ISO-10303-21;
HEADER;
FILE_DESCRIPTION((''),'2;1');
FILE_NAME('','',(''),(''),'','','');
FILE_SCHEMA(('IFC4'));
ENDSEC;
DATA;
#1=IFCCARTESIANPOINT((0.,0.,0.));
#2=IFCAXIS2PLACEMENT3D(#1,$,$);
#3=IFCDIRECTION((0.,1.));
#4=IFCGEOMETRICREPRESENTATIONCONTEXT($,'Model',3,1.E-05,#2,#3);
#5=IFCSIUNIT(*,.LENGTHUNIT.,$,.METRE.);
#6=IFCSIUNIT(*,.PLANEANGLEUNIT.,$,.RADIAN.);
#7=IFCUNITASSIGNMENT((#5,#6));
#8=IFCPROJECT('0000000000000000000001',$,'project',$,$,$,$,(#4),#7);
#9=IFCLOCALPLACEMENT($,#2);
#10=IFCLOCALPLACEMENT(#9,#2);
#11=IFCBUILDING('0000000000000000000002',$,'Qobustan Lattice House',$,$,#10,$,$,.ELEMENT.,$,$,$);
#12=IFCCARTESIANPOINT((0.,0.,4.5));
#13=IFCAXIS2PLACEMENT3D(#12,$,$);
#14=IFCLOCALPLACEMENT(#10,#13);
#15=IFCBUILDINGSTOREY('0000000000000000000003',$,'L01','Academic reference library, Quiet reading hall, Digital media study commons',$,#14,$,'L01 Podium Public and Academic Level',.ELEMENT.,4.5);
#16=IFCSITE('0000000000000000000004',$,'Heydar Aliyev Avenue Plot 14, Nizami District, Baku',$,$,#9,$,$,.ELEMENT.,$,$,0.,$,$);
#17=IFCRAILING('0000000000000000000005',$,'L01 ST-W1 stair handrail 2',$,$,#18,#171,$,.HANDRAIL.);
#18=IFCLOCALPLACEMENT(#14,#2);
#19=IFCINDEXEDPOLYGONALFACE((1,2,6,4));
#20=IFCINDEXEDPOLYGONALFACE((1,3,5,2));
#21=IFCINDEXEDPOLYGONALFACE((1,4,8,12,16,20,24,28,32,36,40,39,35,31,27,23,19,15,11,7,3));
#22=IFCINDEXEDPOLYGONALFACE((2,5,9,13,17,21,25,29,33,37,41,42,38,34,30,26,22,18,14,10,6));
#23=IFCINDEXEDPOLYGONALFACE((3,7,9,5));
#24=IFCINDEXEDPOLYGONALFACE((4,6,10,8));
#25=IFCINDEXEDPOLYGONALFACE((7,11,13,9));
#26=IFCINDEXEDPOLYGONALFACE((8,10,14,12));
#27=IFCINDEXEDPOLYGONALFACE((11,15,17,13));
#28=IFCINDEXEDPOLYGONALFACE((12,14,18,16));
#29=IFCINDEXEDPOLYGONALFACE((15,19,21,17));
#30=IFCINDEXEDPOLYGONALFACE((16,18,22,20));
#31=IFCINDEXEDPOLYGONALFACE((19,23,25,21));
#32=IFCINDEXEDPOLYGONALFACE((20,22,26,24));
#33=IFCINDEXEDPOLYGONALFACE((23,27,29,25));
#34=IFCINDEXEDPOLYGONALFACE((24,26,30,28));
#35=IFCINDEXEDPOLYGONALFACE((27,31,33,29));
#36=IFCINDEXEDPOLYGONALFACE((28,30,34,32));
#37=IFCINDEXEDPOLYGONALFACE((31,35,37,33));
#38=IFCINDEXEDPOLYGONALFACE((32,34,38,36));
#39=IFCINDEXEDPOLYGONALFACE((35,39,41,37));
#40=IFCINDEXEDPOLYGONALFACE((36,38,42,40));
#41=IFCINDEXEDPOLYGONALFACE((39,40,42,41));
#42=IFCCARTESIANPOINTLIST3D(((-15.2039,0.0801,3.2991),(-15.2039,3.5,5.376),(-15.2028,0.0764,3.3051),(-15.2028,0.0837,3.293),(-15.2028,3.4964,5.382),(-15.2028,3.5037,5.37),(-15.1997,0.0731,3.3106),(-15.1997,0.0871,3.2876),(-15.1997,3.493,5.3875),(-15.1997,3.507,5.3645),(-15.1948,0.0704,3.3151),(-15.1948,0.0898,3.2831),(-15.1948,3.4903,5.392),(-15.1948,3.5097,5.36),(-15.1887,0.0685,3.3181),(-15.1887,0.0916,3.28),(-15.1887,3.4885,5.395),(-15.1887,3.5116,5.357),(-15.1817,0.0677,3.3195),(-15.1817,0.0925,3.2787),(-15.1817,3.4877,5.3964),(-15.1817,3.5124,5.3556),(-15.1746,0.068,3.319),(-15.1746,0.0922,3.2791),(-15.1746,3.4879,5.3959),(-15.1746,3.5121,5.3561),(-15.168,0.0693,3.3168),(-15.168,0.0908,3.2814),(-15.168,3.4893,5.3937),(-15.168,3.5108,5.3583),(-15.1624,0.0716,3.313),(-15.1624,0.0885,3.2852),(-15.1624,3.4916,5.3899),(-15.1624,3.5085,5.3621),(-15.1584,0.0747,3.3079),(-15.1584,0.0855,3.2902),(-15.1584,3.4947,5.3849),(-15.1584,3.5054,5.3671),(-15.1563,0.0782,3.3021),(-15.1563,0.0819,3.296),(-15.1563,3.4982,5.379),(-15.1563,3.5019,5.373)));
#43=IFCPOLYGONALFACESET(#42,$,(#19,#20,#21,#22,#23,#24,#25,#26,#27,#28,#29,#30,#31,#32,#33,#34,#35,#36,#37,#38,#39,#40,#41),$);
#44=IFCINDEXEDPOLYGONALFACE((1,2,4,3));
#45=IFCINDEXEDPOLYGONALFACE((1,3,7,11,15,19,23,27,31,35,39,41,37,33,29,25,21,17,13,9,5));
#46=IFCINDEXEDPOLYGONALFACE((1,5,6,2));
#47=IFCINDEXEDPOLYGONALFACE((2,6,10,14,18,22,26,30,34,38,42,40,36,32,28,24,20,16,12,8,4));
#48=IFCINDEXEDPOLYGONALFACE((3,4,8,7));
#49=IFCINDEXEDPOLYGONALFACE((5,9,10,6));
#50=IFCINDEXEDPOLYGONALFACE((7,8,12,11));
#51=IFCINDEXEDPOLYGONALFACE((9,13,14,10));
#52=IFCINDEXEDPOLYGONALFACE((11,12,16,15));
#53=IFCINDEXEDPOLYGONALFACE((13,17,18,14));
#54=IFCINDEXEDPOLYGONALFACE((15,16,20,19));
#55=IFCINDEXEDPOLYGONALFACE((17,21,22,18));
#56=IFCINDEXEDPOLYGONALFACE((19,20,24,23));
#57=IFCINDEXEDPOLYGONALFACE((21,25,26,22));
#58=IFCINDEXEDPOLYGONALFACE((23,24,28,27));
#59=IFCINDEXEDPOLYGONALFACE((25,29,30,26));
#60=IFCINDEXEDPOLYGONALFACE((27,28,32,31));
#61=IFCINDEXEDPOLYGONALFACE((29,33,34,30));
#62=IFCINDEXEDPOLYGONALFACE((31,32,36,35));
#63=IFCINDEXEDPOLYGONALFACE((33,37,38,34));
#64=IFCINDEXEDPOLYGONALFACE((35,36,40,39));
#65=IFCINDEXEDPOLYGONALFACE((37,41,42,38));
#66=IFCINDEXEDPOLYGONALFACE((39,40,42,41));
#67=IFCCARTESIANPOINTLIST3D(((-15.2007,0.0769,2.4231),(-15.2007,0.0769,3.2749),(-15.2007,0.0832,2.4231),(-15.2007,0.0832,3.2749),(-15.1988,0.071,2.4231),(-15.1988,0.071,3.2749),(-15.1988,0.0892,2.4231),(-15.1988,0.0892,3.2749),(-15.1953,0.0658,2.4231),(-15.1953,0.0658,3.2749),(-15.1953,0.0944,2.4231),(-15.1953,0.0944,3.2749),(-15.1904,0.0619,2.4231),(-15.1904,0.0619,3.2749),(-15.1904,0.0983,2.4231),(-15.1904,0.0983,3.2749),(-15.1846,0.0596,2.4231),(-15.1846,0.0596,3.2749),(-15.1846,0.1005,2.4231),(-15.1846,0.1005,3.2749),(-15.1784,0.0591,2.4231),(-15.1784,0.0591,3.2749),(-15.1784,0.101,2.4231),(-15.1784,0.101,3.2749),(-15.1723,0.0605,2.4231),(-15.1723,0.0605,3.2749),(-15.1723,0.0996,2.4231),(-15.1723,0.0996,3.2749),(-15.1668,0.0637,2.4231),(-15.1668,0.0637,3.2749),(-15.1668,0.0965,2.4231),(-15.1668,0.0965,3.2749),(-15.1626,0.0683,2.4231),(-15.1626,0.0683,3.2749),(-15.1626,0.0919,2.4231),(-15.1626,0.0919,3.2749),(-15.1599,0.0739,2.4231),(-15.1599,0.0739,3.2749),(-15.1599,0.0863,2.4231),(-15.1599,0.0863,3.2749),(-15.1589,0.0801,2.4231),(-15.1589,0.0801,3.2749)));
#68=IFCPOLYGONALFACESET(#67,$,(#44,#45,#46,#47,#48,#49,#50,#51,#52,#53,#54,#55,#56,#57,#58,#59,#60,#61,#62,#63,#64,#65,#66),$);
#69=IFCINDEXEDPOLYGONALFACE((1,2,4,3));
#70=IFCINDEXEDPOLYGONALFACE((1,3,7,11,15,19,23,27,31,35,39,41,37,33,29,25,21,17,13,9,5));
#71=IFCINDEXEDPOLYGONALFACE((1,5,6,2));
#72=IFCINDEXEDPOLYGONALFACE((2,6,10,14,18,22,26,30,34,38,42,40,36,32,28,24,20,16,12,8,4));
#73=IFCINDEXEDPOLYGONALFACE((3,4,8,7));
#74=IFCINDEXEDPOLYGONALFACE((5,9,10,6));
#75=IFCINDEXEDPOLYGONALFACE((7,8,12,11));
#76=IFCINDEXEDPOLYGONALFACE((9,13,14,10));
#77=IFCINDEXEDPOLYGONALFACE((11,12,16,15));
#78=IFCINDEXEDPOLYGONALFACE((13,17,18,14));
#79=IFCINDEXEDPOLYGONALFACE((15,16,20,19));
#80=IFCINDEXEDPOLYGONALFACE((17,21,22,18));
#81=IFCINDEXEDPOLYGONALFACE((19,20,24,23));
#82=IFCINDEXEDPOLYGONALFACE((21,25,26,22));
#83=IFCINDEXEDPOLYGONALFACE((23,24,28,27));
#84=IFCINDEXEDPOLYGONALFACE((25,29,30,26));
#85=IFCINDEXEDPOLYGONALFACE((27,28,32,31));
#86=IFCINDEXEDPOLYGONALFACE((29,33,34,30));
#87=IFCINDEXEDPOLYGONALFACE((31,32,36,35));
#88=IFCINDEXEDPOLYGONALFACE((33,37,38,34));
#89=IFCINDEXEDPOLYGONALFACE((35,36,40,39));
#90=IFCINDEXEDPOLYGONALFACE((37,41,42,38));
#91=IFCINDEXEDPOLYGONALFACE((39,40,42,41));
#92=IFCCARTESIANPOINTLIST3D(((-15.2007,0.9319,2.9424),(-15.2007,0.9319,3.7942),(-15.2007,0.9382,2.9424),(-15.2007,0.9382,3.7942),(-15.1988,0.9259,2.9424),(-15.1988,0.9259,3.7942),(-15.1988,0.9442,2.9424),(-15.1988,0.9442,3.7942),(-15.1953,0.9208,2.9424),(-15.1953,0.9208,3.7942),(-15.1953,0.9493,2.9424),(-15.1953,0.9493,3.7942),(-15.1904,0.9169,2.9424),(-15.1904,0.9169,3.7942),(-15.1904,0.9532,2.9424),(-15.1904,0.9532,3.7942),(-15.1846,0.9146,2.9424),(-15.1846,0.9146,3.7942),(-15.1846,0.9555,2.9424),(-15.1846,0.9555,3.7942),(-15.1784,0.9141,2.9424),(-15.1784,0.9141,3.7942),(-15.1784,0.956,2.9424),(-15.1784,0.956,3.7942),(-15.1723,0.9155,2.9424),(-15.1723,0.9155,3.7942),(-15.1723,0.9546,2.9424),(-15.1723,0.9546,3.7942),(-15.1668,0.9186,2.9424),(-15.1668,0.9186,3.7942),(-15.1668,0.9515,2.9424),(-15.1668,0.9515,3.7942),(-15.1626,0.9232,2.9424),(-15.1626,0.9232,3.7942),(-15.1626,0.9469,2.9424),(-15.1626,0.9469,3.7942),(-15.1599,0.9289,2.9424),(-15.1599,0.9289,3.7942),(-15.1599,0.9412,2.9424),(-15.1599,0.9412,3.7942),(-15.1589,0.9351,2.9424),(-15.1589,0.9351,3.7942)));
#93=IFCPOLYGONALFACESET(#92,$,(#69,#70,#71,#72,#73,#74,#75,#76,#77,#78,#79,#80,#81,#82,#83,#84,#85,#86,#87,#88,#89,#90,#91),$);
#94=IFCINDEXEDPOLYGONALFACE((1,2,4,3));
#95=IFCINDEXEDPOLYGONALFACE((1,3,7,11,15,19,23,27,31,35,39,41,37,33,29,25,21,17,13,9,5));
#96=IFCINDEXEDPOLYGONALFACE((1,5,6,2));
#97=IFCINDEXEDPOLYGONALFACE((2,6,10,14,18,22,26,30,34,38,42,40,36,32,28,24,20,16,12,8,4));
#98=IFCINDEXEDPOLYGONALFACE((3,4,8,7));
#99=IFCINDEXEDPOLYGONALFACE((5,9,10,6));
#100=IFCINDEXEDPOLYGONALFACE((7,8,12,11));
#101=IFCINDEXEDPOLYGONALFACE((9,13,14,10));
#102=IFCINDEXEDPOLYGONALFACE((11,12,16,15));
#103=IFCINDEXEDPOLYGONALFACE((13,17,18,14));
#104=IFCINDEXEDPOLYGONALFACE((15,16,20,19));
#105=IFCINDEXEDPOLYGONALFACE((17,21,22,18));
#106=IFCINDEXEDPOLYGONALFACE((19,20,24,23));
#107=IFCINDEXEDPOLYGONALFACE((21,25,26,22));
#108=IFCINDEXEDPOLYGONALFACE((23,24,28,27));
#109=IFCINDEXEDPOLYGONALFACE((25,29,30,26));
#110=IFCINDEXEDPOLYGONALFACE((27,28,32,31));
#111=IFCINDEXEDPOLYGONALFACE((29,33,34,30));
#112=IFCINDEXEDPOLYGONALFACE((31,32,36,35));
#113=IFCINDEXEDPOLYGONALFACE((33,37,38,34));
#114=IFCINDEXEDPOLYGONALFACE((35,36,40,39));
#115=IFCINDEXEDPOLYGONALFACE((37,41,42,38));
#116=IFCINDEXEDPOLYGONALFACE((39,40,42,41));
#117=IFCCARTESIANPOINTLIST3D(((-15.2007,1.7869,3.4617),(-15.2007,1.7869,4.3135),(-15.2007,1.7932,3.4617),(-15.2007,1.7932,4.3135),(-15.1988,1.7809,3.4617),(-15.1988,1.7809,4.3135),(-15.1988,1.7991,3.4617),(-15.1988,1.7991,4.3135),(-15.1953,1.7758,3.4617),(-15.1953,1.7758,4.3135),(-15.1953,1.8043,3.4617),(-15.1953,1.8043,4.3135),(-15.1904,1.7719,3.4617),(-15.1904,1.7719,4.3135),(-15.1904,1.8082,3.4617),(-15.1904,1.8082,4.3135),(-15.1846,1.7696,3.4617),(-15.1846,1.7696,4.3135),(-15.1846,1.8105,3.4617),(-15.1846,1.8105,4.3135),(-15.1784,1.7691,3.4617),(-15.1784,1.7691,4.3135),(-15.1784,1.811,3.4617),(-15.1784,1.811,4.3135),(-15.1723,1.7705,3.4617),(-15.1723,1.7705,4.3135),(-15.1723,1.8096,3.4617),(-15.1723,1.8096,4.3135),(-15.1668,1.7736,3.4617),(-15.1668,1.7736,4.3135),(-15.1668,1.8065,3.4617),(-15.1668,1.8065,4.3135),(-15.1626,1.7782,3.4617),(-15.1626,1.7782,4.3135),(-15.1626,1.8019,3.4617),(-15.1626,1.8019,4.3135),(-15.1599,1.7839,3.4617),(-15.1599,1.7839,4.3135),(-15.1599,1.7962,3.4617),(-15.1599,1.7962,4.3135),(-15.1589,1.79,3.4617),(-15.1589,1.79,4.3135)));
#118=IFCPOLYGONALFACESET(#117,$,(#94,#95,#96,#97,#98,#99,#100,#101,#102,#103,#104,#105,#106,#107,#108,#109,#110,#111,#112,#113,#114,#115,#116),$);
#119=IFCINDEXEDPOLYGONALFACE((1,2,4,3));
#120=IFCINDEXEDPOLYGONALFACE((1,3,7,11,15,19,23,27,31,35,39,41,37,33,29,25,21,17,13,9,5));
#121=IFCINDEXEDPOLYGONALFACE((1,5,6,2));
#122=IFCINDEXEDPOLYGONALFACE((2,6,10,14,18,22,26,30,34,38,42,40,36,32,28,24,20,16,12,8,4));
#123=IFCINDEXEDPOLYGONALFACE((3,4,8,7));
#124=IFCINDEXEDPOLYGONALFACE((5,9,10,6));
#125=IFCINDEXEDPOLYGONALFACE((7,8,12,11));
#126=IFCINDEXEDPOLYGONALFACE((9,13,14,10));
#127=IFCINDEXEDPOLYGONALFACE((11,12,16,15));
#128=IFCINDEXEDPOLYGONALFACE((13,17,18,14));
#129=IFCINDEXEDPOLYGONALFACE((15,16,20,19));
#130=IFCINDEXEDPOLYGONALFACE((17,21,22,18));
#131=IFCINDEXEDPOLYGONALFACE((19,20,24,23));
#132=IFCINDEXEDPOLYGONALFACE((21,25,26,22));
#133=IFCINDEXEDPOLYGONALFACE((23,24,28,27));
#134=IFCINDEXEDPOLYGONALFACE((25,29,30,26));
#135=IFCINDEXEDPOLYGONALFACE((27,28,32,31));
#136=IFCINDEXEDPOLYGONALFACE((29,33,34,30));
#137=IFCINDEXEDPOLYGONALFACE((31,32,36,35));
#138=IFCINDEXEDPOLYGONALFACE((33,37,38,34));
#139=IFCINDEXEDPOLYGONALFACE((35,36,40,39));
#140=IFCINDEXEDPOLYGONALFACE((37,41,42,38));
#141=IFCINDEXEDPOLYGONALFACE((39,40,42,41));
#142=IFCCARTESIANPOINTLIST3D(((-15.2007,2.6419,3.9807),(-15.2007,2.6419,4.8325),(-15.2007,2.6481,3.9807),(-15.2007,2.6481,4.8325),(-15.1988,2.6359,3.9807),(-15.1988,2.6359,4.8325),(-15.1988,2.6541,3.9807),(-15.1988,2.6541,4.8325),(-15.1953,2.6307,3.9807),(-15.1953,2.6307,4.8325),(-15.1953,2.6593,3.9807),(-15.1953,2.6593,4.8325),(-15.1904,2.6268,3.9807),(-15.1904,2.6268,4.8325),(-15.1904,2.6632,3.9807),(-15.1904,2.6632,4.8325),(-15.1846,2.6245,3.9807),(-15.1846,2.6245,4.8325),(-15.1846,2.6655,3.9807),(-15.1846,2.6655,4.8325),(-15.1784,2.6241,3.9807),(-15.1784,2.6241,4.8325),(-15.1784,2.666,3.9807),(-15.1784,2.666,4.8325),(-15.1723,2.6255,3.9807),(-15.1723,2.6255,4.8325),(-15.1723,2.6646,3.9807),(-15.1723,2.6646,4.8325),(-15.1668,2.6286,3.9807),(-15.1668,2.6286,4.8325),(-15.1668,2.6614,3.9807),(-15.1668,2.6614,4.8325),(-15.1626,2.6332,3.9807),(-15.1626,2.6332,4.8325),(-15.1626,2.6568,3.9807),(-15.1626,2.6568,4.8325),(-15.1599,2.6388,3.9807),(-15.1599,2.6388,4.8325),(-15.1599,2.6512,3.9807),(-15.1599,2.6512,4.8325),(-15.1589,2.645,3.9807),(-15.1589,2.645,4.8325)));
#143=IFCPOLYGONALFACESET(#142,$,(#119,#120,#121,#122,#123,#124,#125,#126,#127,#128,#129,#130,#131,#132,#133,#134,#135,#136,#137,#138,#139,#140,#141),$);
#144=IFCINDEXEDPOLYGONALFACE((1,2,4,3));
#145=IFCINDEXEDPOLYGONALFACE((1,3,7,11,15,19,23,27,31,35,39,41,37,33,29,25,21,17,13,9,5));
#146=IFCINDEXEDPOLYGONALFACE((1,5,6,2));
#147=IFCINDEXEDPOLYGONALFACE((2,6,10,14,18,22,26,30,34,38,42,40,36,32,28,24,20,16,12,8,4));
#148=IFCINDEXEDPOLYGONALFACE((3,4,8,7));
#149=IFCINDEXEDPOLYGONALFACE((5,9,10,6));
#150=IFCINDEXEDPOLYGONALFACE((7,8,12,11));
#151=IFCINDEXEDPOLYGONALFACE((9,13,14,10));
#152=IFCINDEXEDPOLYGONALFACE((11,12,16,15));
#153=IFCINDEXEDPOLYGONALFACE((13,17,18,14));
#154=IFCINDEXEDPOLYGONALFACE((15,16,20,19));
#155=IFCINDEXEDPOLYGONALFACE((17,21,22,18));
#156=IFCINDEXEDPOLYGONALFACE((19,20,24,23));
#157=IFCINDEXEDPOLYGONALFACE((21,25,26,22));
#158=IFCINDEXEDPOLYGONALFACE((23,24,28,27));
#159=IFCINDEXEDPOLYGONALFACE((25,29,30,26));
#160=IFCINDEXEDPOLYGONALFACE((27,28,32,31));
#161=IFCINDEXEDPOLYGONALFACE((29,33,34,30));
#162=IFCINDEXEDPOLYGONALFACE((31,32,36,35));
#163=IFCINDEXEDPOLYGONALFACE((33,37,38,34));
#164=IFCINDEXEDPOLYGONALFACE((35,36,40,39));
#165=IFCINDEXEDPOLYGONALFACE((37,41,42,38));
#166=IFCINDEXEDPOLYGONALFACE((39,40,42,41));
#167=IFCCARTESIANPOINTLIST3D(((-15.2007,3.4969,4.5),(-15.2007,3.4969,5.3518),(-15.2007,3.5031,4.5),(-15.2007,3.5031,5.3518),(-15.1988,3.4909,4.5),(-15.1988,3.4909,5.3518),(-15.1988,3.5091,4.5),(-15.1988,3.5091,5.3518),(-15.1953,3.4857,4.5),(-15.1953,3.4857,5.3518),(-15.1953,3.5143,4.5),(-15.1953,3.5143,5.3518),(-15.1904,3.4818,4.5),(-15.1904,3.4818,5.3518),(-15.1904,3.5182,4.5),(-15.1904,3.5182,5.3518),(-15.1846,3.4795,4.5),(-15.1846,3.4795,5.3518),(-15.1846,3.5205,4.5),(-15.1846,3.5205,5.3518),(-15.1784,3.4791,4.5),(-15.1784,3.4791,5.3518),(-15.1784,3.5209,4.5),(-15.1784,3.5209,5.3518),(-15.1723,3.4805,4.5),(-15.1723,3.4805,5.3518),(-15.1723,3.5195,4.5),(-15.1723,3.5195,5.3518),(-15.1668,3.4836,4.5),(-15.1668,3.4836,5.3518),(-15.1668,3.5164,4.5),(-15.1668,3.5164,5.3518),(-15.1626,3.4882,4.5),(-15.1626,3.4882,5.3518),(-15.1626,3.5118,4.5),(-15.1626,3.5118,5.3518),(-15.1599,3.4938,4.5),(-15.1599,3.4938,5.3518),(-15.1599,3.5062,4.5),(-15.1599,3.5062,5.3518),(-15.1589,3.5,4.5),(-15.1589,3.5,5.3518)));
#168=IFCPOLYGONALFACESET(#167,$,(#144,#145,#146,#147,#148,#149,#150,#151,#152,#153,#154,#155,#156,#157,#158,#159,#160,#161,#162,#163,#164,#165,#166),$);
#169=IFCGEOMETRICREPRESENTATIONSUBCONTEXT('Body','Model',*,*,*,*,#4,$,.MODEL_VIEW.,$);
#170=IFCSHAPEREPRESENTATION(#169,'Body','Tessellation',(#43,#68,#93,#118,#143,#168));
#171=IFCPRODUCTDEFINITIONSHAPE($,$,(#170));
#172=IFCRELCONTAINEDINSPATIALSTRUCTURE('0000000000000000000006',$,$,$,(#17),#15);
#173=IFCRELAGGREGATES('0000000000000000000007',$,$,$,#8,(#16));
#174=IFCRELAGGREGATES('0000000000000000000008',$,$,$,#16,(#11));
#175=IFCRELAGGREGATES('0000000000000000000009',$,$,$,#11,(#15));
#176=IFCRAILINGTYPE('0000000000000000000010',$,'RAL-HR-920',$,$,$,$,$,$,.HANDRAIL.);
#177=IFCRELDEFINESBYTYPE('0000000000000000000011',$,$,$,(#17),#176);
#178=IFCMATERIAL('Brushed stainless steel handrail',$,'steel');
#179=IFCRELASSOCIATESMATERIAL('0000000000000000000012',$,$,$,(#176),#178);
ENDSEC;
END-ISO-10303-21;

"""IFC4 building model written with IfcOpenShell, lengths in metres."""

from ifc_helpers import new_model, si_unit, direction, frame, origin, origin_2d, place, context, subcontext, project, spatial, circle, extrude, material, type_object, element, save


model = new_model("IFC4")

# Units and contexts
model_context = context("Model", 3, precision=1e-05, world=origin(), true_north=direction((0.0, 1.0)))
body_context = subcontext(model_context, "Body", "Model", "MODEL_VIEW")
ifc_project = project(units=[si_unit("LENGTHUNIT", "METRE"), si_unit("PLANEANGLEUNIT", "RADIAN")], contexts=[model_context])

# Site, building, storey
site_placement = place(None, origin())
site = spatial("IfcSite", under=ifc_project, at=site_placement, Name="Heydar Aliyev Avenue Plot 14, Nizami District, Baku", CompositionType="ELEMENT", RefElevation=0.0)
building_placement = place(site_placement, origin())
building = spatial("IfcBuilding", under=site, at=building_placement, Name="Qobustan Lattice House", CompositionType="ELEMENT")
storey_placement = place(building_placement, frame((0.0, 0.0, 4.5)))
storey = spatial("IfcBuildingStorey", under=building, at=storey_placement, Name="L01", Description="Academic reference library, Quiet reading hall, Digital media study commons", LongName="L01 Podium Public and Academic Level", CompositionType="ELEMENT", Elevation=4.5)

# Railing
ifc_material_1 = material(Name="Brushed stainless steel handrail", Category="steel")
railing_type_1 = type_object("IfcRailingType", Name="RAL-HR-920", PredefinedType="HANDRAIL", material=ifc_material_1)
railing_1_placement = place(storey_placement, frame((-15.1799, 0.0801, 2.4231)))
element("IfcRailing", 1, at=railing_1_placement, inside=storey, type_object=railing_type_1, Name="L01 ST-W1 stair handrail 2", PredefinedType="HANDRAIL", context=body_context, shape_type="SweptSolid", body=[
    extrude(circle(Radius=0.0239, at=origin_2d()), frame((0.0, 0.0, 0.876), z_axis=(0.0, 0.85473, 0.519074), x_axis=(-1.0, 0.0, 0.0)), (0.0, 0.0, 1.0), 4.0012),
    extrude(circle(Radius=0.021, at=origin_2d()), origin(), (0.0, 0.0, 1.0), 0.8518),
    extrude(circle(Radius=0.021, at=origin_2d()), frame((0.0, 0.855, 0.5193)), (0.0, 0.0, 1.0), 0.8518),
    extrude(circle(Radius=0.021, at=origin_2d()), frame((0.0, 1.71, 1.0386)), (0.0, 0.0, 1.0), 0.8518),
    extrude(circle(Radius=0.021, at=origin_2d()), frame((0.0, 2.5649, 1.5576)), (0.0, 0.0, 1.0), 0.8518),
    extrude(circle(Radius=0.021, at=origin_2d()), frame((0.0, 3.4199, 2.0769)), (0.0, 0.0, 1.0), 0.8518),
])

save(model, "model.ifc")
